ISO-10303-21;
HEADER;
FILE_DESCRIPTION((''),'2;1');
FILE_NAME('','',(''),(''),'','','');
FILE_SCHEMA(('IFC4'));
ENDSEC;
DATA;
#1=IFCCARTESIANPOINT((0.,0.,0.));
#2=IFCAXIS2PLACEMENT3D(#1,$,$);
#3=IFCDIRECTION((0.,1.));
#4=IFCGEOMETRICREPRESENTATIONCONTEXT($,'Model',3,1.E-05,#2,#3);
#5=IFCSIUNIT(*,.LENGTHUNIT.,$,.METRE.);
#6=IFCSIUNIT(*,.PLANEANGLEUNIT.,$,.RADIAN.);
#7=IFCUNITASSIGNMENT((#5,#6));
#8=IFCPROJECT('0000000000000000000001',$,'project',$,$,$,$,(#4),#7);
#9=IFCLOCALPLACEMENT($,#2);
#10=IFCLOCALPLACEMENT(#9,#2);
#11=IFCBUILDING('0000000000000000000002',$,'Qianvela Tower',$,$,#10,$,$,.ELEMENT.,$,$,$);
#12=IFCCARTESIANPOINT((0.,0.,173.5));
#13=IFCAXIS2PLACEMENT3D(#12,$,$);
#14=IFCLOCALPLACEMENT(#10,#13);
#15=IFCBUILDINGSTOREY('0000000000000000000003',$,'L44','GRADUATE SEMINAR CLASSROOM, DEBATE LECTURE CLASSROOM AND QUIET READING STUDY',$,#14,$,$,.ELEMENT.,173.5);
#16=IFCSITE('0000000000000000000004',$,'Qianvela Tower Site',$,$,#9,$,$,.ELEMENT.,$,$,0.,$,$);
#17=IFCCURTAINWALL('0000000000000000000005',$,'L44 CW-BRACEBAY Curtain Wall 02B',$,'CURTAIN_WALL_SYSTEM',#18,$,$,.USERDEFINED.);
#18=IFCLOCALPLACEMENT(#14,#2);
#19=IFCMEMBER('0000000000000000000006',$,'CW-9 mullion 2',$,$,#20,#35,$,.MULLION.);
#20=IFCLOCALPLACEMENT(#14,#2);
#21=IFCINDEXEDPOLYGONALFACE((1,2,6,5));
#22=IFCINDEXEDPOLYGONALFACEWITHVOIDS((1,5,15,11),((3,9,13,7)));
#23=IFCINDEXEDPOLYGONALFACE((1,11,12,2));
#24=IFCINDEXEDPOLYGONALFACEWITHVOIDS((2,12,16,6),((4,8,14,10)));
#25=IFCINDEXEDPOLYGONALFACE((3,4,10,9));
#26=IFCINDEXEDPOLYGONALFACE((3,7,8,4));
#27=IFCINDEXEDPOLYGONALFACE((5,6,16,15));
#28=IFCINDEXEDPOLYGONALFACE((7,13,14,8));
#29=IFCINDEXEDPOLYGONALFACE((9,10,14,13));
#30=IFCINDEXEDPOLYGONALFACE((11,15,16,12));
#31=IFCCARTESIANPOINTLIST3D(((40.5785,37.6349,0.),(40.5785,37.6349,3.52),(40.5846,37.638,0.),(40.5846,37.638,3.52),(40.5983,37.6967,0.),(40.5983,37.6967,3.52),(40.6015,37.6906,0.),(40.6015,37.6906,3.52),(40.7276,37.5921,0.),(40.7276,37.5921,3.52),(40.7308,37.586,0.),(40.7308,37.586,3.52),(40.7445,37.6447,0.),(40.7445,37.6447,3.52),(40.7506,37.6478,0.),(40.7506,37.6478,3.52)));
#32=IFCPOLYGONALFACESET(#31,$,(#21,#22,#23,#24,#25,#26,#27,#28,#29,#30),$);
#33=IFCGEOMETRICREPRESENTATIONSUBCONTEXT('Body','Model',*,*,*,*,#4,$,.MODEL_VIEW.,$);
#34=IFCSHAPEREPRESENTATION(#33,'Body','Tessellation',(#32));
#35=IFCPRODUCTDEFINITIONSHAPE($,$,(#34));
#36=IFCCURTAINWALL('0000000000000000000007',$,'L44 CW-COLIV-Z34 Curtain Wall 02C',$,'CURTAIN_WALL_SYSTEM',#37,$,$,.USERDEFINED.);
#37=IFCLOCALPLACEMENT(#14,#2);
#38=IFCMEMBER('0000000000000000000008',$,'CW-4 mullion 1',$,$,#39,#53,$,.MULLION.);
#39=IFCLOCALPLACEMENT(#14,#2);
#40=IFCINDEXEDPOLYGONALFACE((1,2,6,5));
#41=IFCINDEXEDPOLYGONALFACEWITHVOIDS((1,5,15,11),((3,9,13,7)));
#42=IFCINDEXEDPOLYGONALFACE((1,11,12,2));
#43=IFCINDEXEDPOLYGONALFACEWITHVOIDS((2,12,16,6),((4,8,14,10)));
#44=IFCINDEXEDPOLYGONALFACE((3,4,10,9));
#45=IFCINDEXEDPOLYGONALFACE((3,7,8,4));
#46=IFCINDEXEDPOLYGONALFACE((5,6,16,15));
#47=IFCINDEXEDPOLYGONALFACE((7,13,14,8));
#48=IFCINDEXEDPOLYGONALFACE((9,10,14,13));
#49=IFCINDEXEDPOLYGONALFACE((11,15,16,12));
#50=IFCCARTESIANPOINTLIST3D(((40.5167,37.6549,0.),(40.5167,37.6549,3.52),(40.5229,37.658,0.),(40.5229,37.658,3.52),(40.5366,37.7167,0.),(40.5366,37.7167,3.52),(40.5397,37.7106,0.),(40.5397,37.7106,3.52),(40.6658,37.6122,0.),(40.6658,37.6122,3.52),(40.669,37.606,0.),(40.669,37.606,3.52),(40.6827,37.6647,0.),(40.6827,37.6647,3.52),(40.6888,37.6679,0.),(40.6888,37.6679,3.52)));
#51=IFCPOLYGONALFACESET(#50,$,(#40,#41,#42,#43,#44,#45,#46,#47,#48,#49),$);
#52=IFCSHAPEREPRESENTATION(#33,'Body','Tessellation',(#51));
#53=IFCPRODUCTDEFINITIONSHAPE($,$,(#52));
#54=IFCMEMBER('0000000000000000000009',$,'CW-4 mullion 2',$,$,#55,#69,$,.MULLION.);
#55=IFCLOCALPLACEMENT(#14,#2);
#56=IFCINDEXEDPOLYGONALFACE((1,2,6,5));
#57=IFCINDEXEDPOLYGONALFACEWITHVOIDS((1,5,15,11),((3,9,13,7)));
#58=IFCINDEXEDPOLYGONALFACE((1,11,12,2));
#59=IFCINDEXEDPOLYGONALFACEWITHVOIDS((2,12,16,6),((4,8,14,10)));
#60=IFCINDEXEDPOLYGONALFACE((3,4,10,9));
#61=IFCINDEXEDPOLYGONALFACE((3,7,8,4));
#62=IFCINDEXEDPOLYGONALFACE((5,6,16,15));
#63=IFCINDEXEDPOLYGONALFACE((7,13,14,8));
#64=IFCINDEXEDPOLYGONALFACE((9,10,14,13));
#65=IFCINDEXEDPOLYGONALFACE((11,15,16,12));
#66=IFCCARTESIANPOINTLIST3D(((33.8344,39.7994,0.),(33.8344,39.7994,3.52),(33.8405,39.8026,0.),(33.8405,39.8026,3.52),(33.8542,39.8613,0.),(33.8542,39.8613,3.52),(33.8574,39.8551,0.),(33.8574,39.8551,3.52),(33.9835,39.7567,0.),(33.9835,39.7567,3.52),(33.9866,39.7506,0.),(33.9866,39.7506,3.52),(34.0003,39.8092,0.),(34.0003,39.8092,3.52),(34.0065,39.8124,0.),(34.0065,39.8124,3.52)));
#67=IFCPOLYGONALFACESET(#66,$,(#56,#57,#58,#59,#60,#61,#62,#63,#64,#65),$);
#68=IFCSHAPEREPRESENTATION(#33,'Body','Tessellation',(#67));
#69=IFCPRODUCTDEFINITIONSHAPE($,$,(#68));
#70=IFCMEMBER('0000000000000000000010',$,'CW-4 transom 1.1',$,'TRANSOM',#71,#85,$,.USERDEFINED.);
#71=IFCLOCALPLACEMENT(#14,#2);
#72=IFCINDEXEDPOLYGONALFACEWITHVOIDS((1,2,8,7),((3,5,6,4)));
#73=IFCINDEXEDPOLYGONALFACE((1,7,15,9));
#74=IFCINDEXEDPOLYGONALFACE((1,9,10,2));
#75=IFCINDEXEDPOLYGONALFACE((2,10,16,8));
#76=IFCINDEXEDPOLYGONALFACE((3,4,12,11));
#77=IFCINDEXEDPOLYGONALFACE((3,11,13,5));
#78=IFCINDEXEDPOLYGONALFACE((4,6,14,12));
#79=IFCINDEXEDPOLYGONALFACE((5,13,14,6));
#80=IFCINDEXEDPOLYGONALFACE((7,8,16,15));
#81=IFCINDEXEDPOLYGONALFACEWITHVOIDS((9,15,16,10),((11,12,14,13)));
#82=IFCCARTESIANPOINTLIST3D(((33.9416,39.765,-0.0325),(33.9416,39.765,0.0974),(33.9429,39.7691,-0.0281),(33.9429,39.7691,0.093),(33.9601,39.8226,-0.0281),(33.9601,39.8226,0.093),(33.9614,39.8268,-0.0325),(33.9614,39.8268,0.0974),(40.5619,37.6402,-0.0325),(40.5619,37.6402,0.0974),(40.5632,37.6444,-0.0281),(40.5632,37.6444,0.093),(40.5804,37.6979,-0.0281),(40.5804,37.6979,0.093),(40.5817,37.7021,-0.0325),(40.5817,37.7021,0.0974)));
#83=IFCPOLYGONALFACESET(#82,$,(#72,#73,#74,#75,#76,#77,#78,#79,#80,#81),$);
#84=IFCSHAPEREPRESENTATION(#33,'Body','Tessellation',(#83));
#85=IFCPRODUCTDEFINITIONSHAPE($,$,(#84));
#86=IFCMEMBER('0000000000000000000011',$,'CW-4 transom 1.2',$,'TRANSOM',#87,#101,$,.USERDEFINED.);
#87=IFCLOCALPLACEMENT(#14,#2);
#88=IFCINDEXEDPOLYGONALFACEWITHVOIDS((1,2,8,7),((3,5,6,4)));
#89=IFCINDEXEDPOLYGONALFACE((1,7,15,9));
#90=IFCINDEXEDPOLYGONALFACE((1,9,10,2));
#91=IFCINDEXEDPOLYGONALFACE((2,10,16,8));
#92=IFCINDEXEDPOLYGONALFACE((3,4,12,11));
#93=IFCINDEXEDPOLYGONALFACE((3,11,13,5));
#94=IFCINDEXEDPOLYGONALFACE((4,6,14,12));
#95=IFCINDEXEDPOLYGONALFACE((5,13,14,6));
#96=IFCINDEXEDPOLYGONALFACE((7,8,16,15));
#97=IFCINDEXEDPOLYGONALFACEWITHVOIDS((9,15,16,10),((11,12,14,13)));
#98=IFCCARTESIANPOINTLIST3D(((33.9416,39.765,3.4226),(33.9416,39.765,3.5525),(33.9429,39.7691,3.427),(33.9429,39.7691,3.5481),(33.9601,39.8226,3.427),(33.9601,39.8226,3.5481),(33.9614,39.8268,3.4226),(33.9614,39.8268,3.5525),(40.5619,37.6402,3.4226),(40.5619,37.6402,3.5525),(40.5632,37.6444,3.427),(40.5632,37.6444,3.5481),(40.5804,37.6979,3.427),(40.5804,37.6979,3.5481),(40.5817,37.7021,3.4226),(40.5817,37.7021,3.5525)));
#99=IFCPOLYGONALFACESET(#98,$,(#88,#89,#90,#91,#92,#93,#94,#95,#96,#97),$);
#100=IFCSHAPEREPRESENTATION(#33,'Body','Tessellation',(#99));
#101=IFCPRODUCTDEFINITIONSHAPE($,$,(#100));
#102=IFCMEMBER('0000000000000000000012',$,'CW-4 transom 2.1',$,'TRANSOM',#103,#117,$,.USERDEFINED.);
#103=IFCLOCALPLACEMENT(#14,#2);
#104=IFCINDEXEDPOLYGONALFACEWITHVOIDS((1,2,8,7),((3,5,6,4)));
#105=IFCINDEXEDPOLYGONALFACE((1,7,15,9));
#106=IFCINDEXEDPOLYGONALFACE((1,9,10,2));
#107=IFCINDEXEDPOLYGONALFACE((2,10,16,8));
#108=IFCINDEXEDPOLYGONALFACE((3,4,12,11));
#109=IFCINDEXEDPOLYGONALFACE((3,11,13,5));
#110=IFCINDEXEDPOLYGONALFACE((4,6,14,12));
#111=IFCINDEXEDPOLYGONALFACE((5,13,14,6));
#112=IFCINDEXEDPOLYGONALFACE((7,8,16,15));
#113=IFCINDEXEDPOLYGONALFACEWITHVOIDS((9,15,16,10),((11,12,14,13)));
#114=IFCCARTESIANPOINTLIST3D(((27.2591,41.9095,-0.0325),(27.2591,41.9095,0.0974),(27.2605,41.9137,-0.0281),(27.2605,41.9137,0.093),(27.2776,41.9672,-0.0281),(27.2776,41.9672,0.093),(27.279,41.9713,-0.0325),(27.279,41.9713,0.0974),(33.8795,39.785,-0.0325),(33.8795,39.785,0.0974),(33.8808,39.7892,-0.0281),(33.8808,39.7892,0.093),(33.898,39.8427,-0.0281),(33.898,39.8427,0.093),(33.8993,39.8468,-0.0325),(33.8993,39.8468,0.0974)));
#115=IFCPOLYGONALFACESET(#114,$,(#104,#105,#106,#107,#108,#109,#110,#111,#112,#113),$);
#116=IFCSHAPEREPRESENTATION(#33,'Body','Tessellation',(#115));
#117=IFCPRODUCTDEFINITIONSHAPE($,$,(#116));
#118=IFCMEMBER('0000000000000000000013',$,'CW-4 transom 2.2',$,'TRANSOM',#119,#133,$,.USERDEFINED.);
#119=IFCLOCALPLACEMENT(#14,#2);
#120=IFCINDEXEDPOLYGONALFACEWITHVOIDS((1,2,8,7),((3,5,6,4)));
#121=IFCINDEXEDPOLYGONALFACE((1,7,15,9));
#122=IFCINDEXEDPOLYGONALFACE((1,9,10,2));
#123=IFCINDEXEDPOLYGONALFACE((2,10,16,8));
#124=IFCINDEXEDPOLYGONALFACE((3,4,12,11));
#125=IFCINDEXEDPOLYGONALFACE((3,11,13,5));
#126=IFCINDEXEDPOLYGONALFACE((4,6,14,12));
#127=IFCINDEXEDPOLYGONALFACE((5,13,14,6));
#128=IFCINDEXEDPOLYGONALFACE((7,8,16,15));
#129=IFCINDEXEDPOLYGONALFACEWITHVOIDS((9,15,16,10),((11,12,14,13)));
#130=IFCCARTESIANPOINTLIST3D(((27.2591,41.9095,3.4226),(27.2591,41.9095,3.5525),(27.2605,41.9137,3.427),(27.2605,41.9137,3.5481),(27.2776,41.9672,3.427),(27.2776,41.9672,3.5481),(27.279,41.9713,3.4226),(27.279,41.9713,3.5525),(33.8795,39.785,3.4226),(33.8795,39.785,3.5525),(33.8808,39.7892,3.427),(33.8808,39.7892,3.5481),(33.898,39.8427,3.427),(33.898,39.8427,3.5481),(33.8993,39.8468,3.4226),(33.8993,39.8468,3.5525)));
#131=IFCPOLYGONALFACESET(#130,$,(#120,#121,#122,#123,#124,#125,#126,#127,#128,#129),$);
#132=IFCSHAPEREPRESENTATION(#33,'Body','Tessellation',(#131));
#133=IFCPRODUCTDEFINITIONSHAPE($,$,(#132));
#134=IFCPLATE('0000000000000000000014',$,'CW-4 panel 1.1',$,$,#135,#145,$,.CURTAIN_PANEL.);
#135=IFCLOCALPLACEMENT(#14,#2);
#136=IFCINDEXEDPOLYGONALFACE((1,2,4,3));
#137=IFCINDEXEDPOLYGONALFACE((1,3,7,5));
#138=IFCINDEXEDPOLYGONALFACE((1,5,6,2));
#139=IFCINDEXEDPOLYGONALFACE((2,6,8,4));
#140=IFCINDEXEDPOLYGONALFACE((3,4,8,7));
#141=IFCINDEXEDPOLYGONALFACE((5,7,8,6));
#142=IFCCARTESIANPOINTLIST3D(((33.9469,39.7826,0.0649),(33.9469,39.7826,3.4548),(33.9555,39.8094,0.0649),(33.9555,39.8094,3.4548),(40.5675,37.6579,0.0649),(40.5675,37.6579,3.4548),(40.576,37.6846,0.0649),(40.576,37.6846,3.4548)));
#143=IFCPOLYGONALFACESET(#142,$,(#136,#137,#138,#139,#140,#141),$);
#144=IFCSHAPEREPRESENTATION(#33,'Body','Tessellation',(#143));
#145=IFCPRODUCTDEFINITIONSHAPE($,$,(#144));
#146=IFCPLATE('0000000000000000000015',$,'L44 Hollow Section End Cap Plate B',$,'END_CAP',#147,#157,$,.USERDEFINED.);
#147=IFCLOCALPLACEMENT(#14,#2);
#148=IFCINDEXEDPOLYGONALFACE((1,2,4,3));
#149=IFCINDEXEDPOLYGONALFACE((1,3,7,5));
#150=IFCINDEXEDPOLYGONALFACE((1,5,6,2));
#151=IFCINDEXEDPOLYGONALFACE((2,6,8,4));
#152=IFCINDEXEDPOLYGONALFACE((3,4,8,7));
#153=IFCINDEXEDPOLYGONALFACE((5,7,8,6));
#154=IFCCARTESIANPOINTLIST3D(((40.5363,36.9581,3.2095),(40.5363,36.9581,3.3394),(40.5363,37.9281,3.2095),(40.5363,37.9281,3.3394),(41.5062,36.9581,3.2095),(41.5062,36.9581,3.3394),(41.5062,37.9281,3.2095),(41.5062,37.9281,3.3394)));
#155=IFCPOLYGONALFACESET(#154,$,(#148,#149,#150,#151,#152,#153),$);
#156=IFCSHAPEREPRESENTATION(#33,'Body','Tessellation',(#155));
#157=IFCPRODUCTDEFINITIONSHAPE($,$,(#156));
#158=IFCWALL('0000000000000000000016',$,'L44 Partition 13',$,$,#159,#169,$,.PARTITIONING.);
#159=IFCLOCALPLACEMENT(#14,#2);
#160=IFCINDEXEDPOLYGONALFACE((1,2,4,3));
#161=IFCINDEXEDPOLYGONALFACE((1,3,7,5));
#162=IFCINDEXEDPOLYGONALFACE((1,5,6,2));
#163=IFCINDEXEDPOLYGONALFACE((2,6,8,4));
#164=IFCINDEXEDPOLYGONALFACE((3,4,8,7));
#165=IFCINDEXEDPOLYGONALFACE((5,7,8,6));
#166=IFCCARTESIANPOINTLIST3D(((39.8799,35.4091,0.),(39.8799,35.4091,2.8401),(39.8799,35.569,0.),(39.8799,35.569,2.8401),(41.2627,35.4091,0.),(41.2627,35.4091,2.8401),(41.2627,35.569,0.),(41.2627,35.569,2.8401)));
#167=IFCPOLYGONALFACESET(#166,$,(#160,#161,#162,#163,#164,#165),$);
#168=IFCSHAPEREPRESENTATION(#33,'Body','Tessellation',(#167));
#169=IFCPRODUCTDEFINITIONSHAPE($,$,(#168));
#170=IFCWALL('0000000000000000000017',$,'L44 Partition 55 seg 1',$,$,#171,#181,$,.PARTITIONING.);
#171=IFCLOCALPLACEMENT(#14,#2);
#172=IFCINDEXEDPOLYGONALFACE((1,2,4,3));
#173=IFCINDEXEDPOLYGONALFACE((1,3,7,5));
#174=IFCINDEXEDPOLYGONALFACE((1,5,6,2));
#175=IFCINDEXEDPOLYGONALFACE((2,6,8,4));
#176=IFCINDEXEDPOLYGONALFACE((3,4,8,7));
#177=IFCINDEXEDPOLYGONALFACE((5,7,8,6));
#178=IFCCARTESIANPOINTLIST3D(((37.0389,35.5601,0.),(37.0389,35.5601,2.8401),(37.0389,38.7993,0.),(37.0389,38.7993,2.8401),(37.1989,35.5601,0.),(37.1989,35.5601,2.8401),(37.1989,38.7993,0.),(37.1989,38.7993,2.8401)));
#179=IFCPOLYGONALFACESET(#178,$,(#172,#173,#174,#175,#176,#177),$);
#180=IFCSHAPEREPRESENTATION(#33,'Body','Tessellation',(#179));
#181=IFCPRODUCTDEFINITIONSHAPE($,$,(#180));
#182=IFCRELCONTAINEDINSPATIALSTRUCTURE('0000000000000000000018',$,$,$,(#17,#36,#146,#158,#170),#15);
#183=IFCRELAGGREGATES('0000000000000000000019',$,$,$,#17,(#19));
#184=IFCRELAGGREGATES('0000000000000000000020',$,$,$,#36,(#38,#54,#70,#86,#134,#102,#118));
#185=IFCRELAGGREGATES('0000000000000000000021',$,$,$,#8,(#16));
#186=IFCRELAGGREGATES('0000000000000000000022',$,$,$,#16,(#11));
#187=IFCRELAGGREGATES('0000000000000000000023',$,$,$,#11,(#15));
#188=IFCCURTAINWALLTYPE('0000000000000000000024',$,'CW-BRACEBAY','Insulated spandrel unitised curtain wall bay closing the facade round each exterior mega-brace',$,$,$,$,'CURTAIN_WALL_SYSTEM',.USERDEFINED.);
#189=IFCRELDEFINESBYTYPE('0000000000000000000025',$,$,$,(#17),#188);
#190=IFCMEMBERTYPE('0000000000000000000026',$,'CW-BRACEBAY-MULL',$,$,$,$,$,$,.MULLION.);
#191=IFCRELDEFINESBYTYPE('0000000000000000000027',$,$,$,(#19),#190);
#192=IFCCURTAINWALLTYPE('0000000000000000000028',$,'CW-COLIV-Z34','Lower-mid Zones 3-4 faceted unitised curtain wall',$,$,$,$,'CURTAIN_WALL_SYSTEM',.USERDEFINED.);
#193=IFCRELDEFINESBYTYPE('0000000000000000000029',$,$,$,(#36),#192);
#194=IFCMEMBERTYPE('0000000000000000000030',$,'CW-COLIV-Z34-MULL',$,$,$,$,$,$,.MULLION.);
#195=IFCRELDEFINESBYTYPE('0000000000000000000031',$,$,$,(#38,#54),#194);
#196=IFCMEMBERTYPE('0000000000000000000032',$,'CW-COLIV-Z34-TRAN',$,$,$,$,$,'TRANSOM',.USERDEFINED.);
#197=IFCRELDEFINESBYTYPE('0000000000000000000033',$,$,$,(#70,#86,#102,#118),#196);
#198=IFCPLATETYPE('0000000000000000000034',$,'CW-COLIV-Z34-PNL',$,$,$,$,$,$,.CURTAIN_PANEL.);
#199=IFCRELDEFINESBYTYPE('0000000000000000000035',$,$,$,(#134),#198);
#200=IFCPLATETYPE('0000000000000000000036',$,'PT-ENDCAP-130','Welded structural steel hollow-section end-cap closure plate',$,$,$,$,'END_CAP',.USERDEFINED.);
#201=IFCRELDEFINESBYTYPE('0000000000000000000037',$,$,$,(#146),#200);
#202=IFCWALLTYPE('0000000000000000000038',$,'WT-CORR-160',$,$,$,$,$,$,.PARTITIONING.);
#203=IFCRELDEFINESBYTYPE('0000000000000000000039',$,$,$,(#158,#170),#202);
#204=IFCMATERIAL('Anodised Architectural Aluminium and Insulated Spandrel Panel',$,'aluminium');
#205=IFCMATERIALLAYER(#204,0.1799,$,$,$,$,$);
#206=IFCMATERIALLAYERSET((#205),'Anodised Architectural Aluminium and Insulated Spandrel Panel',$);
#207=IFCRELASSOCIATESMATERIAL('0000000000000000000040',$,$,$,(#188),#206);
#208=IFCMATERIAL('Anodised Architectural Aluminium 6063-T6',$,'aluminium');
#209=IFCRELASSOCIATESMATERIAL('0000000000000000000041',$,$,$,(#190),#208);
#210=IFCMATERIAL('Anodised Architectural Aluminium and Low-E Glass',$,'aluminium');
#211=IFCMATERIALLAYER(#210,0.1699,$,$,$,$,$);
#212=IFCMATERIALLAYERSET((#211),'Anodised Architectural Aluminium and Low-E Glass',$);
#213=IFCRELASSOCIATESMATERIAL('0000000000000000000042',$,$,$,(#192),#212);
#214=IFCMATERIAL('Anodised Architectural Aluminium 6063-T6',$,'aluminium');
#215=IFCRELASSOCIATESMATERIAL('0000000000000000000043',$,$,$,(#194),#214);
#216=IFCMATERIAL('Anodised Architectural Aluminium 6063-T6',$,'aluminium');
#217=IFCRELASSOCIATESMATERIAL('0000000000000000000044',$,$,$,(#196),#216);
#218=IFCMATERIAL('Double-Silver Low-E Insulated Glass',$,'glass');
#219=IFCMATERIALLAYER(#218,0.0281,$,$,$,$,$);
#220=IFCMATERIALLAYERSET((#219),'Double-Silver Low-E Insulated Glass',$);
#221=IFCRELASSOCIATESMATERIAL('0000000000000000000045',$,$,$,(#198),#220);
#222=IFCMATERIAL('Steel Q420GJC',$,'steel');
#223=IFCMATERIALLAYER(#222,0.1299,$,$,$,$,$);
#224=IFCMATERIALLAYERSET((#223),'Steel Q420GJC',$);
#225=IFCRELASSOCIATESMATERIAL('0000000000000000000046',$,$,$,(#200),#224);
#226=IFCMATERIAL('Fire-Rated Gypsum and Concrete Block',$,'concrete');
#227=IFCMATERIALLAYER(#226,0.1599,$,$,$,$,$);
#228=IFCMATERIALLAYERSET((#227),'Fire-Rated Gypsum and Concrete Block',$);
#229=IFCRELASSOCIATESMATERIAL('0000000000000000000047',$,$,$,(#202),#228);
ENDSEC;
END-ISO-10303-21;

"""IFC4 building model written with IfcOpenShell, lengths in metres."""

from ifc_helpers import new_model, si_unit, direction, frame, frame_2d, origin, origin_2d, place, context, subcontext, project, spatial, rectangle, hollow_rectangle, extrude, material, layer, layer_set, material_profile, profile_set, type_object, element, aggregate, save


model = new_model("IFC4")

# Units and contexts
model_context = context("Model", 3, precision=1e-05, world=origin(), true_north=direction((0.0, 1.0)))
body_context = subcontext(model_context, "Body", "Model", "MODEL_VIEW")
ifc_project = project(units=[si_unit("LENGTHUNIT", "METRE"), si_unit("PLANEANGLEUNIT", "RADIAN")], contexts=[model_context])

# Site, building, storey
site_placement = place(None, origin())
site = spatial("IfcSite", under=ifc_project, at=site_placement, Name="Qianvela Tower Site", CompositionType="ELEMENT", RefElevation=0.0)
building_placement = place(site_placement, origin())
building = spatial("IfcBuilding", under=site, at=building_placement, Name="Qianvela Tower", CompositionType="ELEMENT")
storey_placement = place(building_placement, frame((0.0, 0.0, 173.5)))
storey = spatial("IfcBuildingStorey", under=building, at=storey_placement, Name="L44", Description="GRADUATE SEMINAR CLASSROOM, DEBATE LECTURE CLASSROOM AND QUIET READING STUDY", CompositionType="ELEMENT", Elevation=173.5)

# Curtain wall, member
ifc_material_1 = material(Name="Anodised Architectural Aluminium and Insulated Spandrel Panel", Category="aluminium")
ifc_layer_1 = layer(ifc_material_1, 0.1799)
ifc_layer_set_1 = layer_set([ifc_layer_1], Name="Anodised Architectural Aluminium and Insulated Spandrel Panel")
curtain_wall_type_1 = type_object("IfcCurtainWallType", Name="CW-BRACEBAY", Description="Insulated spandrel unitised curtain wall bay closing the facade round each exterior mega-brace", ElementType="CURTAIN_WALL_SYSTEM", PredefinedType="USERDEFINED", material=ifc_layer_set_1)
curtain_wall_1_placement = place(storey_placement, origin())
curtain_wall_1 = element("IfcCurtainWall", 1, at=curtain_wall_1_placement, inside=storey, type_object=curtain_wall_type_1, Name="L44 CW-BRACEBAY Curtain Wall 02B", ObjectType="CURTAIN_WALL_SYSTEM", PredefinedType="USERDEFINED")
ifc_material_2 = material(Name="Anodised Architectural Aluminium 6063-T6", Category="aluminium")
ifc_material_profile_1 = material_profile(ifc_material_2, hollow_rectangle(XDim=0.0649, YDim=0.1599, WallThickness=0.0049, at=origin_2d()), Name="ALU-MULL-65x160")
ifc_profile_set_1 = profile_set([ifc_material_profile_1], Name="Anodised Architectural Aluminium 6063-T6")
member_type_1 = type_object("IfcMemberType", Name="CW-BRACEBAY-MULL", PredefinedType="MULLION", material=ifc_profile_set_1)
member_1_placement = place(storey_placement, frame((40.6646, 37.6414, 0.0), z_axis=(0.0, 0.0, 1.0), x_axis=(-0.30558, -0.952166, 0.0)))
member_1 = element("IfcMember", 2, at=member_1_placement, type_object=member_type_1, Name="CW-9 mullion 2", PredefinedType="MULLION", context=body_context, shape_type="SweptSolid", body=[
    extrude(hollow_rectangle(XDim=0.0649, YDim=0.1599, WallThickness=0.0049, at=origin_2d()), origin(), (0.0, 0.0, 1.0), 3.52),
])
aggregate(curtain_wall_1, [member_1])

# Curtain wall, members, plate
ifc_material_3 = material(Name="Anodised Architectural Aluminium and Low-E Glass", Category="aluminium")
ifc_layer_2 = layer(ifc_material_3, 0.1699)
ifc_layer_set_2 = layer_set([ifc_layer_2], Name="Anodised Architectural Aluminium and Low-E Glass")
curtain_wall_type_2 = type_object("IfcCurtainWallType", Name="CW-COLIV-Z34", Description="Lower-mid Zones 3-4 faceted unitised curtain wall", ElementType="CURTAIN_WALL_SYSTEM", PredefinedType="USERDEFINED", material=ifc_layer_set_2)
curtain_wall_2_placement = place(storey_placement, origin())
curtain_wall_2 = element("IfcCurtainWall", 3, at=curtain_wall_2_placement, inside=storey, type_object=curtain_wall_type_2, Name="L44 CW-COLIV-Z34 Curtain Wall 02C", ObjectType="CURTAIN_WALL_SYSTEM", PredefinedType="USERDEFINED")
ifc_material_4 = material(Name="Anodised Architectural Aluminium 6063-T6", Category="aluminium")
ifc_material_profile_2 = material_profile(ifc_material_4, hollow_rectangle(XDim=0.0649, YDim=0.1599, WallThickness=0.0049, at=origin_2d()), Name="ALU-MULL-65x160")
ifc_profile_set_2 = profile_set([ifc_material_profile_2], Name="Anodised Architectural Aluminium 6063-T6")
member_type_2 = type_object("IfcMemberType", Name="CW-COLIV-Z34-MULL", PredefinedType="MULLION", material=ifc_profile_set_2)
member_2_placement = place(storey_placement, frame((40.6028, 37.6614, 0.0), z_axis=(0.0, 0.0, 1.0), x_axis=(-0.305579, -0.952167, 0.0)))
member_2 = element("IfcMember", 4, at=member_2_placement, type_object=member_type_2, Name="CW-4 mullion 1", PredefinedType="MULLION", context=body_context, shape_type="SweptSolid", body=[
    extrude(hollow_rectangle(XDim=0.0649, YDim=0.1599, WallThickness=0.0049, at=origin_2d()), origin(), (0.0, 0.0, 1.0), 3.52),
])
member_3_placement = place(storey_placement, frame((33.9204, 39.8059, 0.0), z_axis=(0.0, 0.0, 1.0), x_axis=(-0.305579, -0.952167, 0.0)))
member_3 = element("IfcMember", 5, at=member_3_placement, type_object=member_type_2, Name="CW-4 mullion 2", PredefinedType="MULLION", context=body_context, shape_type="SweptSolid", body=[
    extrude(hollow_rectangle(XDim=0.0649, YDim=0.1599, WallThickness=0.0049, at=origin_2d()), origin(), (0.0, 0.0, 1.0), 3.52),
])
ifc_material_5 = material(Name="Anodised Architectural Aluminium 6063-T6", Category="aluminium")
ifc_material_profile_3 = material_profile(ifc_material_5, hollow_rectangle(XDim=0.0649, YDim=0.1299, WallThickness=0.0044, at=origin_2d()), Name="ALU-TRAN-65x130")
ifc_profile_set_3 = profile_set([ifc_material_profile_3], Name="Anodised Architectural Aluminium 6063-T6")
member_type_3 = type_object("IfcMemberType", Name="CW-COLIV-Z34-TRAN", ElementType="TRANSOM", PredefinedType="USERDEFINED", material=ifc_profile_set_3)
member_4_placement = place(storey_placement, frame((40.5718, 37.6711, 0.0325), z_axis=(-0.952163, 0.30559, 0.0), x_axis=(-0.30559, -0.952163, 0.0)))
member_4 = element("IfcMember", 6, at=member_4_placement, type_object=member_type_3, Name="CW-4 transom 1.1", ObjectType="TRANSOM", PredefinedType="USERDEFINED", context=body_context, shape_type="SweptSolid", body=[
    extrude(hollow_rectangle(XDim=0.0649, YDim=0.1299, WallThickness=0.0044, at=origin_2d()), origin(), (0.0, 0.0, 1.0), 6.9529),
])
member_5_placement = place(storey_placement, frame((40.5718, 37.6711, 3.4875), z_axis=(-0.952163, 0.30559, 0.0), x_axis=(-0.30559, -0.952163, 0.0)))
member_5 = element("IfcMember", 7, at=member_5_placement, type_object=member_type_3, Name="CW-4 transom 1.2", ObjectType="TRANSOM", PredefinedType="USERDEFINED", context=body_context, shape_type="SweptSolid", body=[
    extrude(hollow_rectangle(XDim=0.0649, YDim=0.1299, WallThickness=0.0044, at=origin_2d()), origin(), (0.0, 0.0, 1.0), 6.9529),
])
member_6_placement = place(storey_placement, frame((33.8894, 39.8159, 0.0325), z_axis=(-0.952173, 0.305558, 0.0), x_axis=(-0.305558, -0.952173, 0.0)))
member_6 = element("IfcMember", 8, at=member_6_placement, type_object=member_type_3, Name="CW-4 transom 2.1", ObjectType="TRANSOM", PredefinedType="USERDEFINED", context=body_context, shape_type="SweptSolid", body=[
    extrude(hollow_rectangle(XDim=0.0649, YDim=0.1299, WallThickness=0.0044, at=origin_2d()), origin(), (0.0, 0.0, 1.0), 6.9529),
])
member_7_placement = place(storey_placement, frame((33.8894, 39.8159, 3.4875), z_axis=(-0.952173, 0.305558, 0.0), x_axis=(-0.305558, -0.952173, 0.0)))
member_7 = element("IfcMember", 9, at=member_7_placement, type_object=member_type_3, Name="CW-4 transom 2.2", ObjectType="TRANSOM", PredefinedType="USERDEFINED", context=body_context, shape_type="SweptSolid", body=[
    extrude(hollow_rectangle(XDim=0.0649, YDim=0.1299, WallThickness=0.0044, at=origin_2d()), origin(), (0.0, 0.0, 1.0), 6.9529),
])
ifc_material_6 = material(Name="Double-Silver Low-E Insulated Glass", Category="glass")
ifc_layer_3 = layer(ifc_material_6, 0.0281)
ifc_layer_set_3 = layer_set([ifc_layer_3], Name="Double-Silver Low-E Insulated Glass")
plate_type_1 = type_object("IfcPlateType", Name="CW-COLIV-Z34-PNL", PredefinedType="CURTAIN_PANEL", material=ifc_layer_set_3)
plate_1_placement = place(storey_placement, frame((37.2615, 38.7336, 0.0649), z_axis=(0.0, 0.0, 1.0), x_axis=(-0.952167, 0.305579, 0.0)))
plate_1 = element("IfcPlate", 10, at=plate_1_placement, type_object=plate_type_1, Name="CW-4 panel 1.1", PredefinedType="CURTAIN_PANEL", context=body_context, shape_type="SweptSolid", body=[
    extrude(rectangle(XDim=6.9531, YDim=0.0281, at=origin_2d()), origin(), (0.0, 0.0, 1.0), 3.3899),
])
aggregate(curtain_wall_2, [member_2, member_3, member_4, member_5, plate_1, member_6, member_7])

# Plate
ifc_material_7 = material(Name="Steel Q420GJC", Category="steel")
ifc_layer_4 = layer(ifc_material_7, 0.1299)
ifc_layer_set_4 = layer_set([ifc_layer_4], Name="Steel Q420GJC")
plate_type_2 = type_object("IfcPlateType", Name="PT-ENDCAP-130", Description="Welded structural steel hollow-section end-cap closure plate", ElementType="END_CAP", PredefinedType="USERDEFINED", material=ifc_layer_set_4)
plate_2_placement = place(storey_placement, frame((41.0212, 37.4431, 3.2095), z_axis=(0.0, 0.0, 1.0), x_axis=(1.0, 0.0, 0.0)))
element("IfcPlate", 11, at=plate_2_placement, inside=storey, type_object=plate_type_2, Name="L44 Hollow Section End Cap Plate B", ObjectType="END_CAP", PredefinedType="USERDEFINED", context=body_context, shape_type="SweptSolid", body=[
    extrude(rectangle(XDim=0.97, YDim=0.97, at=origin_2d()), origin(), (0.0, 0.0, 1.0), 0.1299),
])

# Walls
ifc_material_8 = material(Name="Fire-Rated Gypsum and Concrete Block", Category="concrete")
ifc_layer_5 = layer(ifc_material_8, 0.1599)
ifc_layer_set_5 = layer_set([ifc_layer_5], Name="Fire-Rated Gypsum and Concrete Block")
wall_type_1 = type_object("IfcWallType", Name="WT-CORR-160", PredefinedType="PARTITIONING", material=ifc_layer_set_5)
wall_1_placement = place(storey_placement, frame((39.8799, 35.489, 0.0), z_axis=(0.0, 0.0, 1.0), x_axis=(1.0, 0.0, 0.0)))
element("IfcWall", 12, at=wall_1_placement, inside=storey, type_object=wall_type_1, Name="L44 Partition 13", PredefinedType="PARTITIONING", context=body_context, shape_type="SweptSolid", body=[
    extrude(rectangle(XDim=1.3828, YDim=0.1599, at=frame_2d((0.6914, 0.0))), origin(), (0.0, 0.0, 1.0), 2.8401),
])
wall_2_placement = place(storey_placement, frame((37.1189, 38.7993, 0.0), z_axis=(0.0, 0.0, 1.0), x_axis=(0.0, -1.0, 0.0)))
element("IfcWall", 13, at=wall_2_placement, inside=storey, type_object=wall_type_1, Name="L44 Partition 55 seg 1", PredefinedType="PARTITIONING", context=body_context, shape_type="SweptSolid", body=[
    extrude(rectangle(XDim=3.2393, YDim=0.1599, at=frame_2d((1.6196, 0.0))), origin(), (0.0, 0.0, 1.0), 2.8401),
])

save(model, "model.ifc")
